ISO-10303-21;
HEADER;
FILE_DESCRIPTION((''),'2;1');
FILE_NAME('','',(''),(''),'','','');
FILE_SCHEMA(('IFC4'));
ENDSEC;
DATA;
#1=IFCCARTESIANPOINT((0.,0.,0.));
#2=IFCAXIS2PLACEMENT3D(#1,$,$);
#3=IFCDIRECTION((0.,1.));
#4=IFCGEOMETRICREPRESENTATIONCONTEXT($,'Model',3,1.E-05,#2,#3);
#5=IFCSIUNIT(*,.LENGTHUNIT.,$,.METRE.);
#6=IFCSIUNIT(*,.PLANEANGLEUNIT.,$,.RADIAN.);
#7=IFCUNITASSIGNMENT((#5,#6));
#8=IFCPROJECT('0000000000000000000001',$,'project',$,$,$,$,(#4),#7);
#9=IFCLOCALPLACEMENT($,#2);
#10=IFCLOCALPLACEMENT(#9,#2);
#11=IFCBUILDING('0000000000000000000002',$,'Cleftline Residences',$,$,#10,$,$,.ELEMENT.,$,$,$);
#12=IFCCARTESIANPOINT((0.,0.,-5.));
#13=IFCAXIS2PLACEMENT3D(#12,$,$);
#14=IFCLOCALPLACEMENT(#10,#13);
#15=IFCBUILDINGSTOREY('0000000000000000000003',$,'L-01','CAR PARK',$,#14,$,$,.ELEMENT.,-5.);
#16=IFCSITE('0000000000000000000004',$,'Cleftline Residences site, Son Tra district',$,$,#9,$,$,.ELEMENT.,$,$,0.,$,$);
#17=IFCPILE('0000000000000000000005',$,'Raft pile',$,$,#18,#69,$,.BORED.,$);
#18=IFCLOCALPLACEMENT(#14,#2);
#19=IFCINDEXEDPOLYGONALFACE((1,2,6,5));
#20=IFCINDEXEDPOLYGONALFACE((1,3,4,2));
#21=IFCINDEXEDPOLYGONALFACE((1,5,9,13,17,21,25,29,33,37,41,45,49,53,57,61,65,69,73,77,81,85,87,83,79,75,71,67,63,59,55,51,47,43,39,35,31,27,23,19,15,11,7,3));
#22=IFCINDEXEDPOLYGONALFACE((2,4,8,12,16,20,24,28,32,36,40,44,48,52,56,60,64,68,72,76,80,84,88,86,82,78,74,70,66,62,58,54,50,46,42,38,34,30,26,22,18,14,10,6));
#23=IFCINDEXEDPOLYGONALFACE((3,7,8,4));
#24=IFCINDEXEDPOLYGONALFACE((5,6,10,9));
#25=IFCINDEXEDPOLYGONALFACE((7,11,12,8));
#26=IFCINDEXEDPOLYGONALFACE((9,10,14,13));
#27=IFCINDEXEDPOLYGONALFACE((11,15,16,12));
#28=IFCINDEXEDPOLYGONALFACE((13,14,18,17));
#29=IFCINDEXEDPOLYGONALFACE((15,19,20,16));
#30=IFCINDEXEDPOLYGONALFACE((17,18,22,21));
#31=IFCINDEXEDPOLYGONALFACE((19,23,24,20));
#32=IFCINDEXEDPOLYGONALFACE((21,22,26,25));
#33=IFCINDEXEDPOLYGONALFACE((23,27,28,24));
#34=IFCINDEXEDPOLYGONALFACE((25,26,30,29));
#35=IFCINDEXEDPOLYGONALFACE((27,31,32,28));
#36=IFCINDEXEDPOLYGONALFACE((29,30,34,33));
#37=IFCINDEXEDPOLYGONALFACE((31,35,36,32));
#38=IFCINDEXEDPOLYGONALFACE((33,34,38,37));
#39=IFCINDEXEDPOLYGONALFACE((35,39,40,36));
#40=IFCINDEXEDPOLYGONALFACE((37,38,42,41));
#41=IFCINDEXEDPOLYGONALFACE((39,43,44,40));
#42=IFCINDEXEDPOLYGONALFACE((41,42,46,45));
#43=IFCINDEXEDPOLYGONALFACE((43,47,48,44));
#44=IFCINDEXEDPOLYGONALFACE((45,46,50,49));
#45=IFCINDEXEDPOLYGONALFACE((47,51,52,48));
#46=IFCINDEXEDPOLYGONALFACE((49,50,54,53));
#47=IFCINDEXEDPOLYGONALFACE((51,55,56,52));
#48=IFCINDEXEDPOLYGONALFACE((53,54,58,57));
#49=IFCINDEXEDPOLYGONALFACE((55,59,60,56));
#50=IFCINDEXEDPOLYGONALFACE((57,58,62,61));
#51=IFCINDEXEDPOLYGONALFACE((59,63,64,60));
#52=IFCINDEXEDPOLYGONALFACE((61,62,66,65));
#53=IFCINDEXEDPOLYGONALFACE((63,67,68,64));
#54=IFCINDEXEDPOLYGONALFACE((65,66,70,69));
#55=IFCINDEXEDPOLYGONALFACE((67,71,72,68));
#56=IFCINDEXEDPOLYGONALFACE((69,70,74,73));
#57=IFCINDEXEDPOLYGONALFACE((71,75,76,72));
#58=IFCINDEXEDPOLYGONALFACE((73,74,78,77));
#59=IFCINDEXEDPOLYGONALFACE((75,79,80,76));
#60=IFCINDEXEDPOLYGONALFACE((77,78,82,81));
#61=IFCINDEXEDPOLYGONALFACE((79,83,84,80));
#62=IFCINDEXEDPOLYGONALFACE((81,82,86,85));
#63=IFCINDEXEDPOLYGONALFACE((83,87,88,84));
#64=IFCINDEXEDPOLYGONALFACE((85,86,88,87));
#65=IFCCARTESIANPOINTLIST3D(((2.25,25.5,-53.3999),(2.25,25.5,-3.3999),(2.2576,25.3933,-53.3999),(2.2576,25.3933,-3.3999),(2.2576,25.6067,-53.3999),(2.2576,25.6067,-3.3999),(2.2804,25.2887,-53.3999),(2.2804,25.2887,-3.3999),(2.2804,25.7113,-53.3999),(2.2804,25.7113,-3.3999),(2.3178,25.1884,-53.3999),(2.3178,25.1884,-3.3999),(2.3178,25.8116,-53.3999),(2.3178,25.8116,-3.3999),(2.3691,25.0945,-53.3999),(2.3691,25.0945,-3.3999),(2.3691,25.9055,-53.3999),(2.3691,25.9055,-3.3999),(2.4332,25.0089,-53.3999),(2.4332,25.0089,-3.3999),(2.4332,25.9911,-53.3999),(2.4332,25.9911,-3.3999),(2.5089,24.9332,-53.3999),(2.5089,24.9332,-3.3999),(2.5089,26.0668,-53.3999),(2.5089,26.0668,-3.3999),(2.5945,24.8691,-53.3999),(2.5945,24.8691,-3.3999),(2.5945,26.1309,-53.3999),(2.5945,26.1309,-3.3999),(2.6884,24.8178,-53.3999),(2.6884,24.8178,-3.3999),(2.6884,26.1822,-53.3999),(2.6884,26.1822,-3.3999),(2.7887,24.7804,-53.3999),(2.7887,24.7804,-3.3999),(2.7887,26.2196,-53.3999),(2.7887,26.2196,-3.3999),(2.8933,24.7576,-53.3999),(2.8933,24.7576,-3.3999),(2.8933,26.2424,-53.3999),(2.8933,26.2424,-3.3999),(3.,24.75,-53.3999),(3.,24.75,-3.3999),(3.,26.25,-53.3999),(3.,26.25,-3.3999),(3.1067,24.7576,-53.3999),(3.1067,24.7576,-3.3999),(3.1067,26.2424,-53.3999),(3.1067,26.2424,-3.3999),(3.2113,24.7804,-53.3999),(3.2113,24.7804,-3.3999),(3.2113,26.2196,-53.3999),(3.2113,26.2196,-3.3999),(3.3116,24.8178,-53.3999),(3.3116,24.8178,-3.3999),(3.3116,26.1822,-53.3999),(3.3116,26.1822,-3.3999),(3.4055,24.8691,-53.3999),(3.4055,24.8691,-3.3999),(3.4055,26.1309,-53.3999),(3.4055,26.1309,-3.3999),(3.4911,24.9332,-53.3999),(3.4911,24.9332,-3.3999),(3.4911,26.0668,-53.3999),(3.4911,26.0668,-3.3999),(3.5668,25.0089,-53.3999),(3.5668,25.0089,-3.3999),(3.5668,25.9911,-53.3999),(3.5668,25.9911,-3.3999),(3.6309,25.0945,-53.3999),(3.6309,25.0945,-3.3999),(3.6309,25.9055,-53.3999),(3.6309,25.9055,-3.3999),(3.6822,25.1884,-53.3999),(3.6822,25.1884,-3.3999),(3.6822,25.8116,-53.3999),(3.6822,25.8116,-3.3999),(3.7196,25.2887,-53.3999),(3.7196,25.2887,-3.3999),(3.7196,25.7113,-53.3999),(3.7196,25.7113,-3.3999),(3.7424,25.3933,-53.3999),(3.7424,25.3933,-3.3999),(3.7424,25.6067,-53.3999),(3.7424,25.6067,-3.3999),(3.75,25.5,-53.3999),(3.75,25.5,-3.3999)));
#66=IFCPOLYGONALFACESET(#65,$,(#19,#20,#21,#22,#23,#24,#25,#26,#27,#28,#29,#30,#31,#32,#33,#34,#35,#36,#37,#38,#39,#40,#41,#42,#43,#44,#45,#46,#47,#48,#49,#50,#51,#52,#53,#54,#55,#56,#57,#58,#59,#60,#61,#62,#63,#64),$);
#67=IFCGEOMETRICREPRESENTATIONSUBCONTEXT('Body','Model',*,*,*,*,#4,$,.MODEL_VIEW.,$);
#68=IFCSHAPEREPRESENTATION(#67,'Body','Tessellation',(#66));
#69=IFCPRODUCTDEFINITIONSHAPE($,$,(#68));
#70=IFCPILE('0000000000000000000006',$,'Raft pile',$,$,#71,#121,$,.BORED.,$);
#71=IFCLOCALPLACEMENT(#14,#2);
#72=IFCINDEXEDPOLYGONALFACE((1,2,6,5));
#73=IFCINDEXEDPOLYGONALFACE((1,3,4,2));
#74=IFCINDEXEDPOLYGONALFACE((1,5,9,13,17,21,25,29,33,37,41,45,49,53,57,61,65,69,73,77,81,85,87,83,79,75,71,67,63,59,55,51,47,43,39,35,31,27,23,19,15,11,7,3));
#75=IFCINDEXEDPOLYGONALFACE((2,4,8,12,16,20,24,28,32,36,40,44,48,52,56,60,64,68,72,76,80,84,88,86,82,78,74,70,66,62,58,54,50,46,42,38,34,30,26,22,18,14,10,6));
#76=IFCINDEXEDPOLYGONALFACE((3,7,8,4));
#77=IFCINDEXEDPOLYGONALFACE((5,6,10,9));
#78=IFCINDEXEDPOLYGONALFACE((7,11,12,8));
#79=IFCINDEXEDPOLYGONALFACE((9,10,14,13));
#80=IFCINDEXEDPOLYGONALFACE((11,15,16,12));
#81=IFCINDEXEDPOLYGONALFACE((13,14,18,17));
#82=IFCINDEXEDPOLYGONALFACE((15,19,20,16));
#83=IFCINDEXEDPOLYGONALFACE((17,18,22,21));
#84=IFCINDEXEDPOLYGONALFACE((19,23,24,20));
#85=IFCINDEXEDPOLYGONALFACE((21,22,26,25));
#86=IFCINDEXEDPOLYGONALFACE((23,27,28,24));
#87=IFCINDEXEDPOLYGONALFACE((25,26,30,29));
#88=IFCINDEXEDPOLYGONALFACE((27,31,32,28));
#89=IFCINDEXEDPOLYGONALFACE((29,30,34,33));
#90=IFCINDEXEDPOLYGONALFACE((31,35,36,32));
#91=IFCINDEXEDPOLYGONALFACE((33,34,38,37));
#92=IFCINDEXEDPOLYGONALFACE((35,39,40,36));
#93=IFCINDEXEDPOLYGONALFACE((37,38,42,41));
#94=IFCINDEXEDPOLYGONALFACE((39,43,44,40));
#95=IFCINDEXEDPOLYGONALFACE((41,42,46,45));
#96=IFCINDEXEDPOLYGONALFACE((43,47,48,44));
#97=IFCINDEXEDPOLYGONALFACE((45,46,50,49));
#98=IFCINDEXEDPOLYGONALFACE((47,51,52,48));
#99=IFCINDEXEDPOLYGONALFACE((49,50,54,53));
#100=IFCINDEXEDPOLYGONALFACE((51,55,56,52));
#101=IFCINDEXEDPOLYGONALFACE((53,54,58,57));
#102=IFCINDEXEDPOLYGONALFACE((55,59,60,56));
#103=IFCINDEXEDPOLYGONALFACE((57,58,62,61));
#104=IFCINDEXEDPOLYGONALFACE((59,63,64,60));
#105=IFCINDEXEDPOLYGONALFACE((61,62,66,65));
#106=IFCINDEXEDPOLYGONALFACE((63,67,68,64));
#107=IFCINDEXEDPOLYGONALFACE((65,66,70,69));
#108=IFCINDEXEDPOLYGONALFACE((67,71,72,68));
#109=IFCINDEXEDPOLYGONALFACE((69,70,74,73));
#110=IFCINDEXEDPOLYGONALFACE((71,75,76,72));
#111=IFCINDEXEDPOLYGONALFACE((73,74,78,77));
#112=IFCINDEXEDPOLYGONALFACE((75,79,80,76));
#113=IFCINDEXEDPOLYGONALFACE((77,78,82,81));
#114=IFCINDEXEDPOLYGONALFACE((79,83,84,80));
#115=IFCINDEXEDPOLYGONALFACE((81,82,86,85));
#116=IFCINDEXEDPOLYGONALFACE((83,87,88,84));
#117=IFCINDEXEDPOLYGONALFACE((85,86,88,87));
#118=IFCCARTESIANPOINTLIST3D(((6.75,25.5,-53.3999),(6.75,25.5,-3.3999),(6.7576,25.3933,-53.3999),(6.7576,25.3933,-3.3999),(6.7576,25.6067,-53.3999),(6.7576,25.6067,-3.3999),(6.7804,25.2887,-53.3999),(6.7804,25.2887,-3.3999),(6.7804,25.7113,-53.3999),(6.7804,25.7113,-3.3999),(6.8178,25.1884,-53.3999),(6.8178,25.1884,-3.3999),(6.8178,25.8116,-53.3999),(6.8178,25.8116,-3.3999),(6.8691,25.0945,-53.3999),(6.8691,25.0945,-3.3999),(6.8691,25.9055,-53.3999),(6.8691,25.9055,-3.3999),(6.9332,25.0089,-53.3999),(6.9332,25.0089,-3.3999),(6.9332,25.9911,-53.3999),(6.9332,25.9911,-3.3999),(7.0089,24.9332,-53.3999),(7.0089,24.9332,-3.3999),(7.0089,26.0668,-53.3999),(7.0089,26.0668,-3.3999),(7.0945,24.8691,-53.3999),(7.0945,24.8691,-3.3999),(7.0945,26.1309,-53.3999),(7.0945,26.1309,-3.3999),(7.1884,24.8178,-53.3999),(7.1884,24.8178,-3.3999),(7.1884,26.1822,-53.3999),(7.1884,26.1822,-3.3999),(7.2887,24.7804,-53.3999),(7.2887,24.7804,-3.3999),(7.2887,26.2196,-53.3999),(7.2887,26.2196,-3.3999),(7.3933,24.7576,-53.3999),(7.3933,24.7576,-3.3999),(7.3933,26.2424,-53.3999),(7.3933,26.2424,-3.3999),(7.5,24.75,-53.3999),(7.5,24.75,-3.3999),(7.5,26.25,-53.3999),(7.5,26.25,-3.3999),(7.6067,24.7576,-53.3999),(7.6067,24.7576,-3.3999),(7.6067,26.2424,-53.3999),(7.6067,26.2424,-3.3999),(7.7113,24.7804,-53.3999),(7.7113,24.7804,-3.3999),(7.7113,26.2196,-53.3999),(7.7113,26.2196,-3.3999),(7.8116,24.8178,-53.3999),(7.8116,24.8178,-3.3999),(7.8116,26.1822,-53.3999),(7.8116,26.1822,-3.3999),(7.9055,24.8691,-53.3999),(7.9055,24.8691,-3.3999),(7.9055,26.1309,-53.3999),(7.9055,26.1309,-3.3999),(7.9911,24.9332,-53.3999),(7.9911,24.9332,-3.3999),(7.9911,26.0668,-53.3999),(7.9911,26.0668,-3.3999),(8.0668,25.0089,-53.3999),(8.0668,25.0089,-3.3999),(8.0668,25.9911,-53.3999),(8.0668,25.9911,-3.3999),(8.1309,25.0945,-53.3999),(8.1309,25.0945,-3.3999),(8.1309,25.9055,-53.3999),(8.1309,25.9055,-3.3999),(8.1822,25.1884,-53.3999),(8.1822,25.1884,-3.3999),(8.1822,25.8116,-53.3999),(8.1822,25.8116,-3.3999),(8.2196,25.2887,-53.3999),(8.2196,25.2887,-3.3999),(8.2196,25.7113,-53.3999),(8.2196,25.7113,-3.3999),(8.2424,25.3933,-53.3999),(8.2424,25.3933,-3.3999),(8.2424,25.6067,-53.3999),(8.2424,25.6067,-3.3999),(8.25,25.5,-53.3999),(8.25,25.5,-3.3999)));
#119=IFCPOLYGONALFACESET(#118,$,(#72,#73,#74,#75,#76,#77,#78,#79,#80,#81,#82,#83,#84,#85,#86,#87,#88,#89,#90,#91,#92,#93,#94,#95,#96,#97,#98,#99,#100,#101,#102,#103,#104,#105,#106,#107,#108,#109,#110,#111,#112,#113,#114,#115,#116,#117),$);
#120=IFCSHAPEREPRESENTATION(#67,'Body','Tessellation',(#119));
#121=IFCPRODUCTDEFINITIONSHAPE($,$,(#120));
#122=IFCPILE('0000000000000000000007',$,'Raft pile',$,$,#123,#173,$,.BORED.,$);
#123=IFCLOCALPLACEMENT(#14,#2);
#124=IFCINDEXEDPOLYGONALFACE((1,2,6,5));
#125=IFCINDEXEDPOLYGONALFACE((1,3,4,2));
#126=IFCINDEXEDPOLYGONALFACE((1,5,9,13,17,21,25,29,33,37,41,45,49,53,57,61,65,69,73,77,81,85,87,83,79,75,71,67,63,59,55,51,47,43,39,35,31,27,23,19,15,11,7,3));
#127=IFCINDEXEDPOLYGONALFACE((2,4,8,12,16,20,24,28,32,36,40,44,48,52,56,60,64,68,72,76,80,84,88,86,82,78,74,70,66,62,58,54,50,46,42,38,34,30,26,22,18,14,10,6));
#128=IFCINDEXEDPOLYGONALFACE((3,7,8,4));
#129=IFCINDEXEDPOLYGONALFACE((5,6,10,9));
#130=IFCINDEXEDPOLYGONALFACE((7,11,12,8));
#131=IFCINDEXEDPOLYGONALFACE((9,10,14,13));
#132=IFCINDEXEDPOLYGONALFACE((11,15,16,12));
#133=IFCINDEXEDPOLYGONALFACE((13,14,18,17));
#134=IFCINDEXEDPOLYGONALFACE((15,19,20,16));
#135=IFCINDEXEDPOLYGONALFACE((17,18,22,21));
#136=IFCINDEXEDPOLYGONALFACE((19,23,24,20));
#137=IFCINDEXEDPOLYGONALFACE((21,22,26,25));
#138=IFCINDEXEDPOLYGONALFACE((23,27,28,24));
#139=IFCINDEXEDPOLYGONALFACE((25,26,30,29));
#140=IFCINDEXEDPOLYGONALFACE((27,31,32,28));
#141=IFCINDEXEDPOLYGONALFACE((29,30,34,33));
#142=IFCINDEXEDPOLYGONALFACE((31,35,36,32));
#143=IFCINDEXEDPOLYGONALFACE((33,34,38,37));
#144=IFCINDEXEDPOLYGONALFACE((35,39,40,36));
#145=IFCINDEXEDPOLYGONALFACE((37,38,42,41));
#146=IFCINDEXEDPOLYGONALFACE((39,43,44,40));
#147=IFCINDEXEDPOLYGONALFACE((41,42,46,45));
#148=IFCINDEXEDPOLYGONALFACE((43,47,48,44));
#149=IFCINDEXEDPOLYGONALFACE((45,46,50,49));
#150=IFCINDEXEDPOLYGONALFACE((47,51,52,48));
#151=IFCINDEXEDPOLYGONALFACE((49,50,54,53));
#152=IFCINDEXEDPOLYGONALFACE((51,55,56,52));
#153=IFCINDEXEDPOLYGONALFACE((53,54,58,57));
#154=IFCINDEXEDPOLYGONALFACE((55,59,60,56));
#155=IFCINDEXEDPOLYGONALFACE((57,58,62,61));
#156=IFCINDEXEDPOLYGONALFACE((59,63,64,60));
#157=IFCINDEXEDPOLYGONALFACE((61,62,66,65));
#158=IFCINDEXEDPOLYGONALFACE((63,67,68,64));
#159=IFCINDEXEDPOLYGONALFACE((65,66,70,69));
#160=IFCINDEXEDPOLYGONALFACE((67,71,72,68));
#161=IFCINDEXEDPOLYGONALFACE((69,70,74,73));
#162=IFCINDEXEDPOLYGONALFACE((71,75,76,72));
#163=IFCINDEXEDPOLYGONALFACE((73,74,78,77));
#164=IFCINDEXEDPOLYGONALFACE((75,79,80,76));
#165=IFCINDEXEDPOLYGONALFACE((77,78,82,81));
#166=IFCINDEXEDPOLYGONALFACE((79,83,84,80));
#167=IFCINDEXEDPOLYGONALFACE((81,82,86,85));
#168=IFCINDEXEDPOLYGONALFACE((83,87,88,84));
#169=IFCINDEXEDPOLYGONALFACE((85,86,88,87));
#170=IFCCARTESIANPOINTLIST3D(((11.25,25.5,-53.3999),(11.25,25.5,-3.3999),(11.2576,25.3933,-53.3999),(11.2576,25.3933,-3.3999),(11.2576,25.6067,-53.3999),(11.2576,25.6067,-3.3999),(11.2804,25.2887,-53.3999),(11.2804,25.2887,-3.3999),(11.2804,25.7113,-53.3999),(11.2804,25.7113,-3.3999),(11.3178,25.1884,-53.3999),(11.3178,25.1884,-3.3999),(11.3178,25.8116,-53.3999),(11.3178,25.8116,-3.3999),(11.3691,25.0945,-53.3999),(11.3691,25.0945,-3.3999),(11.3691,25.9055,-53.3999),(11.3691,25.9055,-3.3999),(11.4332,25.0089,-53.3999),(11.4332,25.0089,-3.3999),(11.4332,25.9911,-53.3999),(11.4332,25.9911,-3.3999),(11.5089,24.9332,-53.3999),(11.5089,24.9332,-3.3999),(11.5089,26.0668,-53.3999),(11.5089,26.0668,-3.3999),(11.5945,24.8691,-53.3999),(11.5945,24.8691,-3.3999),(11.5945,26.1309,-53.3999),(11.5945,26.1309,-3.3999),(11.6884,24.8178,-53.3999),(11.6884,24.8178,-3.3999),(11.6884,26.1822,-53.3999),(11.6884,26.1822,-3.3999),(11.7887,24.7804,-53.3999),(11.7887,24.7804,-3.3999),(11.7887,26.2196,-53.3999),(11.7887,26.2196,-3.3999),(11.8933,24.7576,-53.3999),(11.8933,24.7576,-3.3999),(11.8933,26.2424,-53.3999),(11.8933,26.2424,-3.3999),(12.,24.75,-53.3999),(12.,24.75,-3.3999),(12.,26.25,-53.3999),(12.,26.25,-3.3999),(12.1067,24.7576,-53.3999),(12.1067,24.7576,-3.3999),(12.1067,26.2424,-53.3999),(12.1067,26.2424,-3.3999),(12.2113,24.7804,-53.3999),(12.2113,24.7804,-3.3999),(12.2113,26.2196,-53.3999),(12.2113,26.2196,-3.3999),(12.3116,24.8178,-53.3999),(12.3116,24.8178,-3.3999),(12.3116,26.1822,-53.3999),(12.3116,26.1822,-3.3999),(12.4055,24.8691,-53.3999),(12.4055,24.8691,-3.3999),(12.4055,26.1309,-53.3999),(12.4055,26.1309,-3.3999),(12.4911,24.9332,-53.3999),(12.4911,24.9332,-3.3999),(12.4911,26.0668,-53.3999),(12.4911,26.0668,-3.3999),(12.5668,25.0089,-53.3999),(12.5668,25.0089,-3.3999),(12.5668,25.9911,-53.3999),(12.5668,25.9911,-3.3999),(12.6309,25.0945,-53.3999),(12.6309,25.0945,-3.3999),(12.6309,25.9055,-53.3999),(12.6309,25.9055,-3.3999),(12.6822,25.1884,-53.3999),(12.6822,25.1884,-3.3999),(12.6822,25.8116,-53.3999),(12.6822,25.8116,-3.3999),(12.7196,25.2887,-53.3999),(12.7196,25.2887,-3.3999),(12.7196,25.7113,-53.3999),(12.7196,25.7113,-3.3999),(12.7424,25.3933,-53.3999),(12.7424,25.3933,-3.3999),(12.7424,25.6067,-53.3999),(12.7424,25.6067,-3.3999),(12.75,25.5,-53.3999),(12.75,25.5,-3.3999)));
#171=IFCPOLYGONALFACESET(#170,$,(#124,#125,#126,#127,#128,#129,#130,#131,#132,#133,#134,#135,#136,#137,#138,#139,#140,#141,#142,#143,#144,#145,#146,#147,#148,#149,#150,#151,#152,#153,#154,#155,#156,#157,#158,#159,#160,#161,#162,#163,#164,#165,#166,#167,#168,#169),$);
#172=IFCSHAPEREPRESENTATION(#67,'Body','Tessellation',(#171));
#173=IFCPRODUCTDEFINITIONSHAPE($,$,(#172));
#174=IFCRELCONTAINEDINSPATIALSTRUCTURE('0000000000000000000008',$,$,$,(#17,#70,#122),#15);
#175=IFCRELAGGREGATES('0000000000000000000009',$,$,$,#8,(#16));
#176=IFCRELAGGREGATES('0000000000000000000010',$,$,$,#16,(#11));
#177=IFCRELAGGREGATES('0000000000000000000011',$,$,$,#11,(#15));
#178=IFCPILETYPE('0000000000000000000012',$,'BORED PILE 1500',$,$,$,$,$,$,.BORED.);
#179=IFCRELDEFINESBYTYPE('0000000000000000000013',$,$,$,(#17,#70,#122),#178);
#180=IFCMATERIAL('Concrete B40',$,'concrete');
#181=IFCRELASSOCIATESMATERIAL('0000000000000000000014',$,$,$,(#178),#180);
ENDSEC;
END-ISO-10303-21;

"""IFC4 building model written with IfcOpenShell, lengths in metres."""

from ifc_helpers import new_model, si_unit, direction, frame, origin, origin_2d, place, context, subcontext, project, spatial, circle, extrude, material, material_profile, profile_set, type_object, element, save


model = new_model("IFC4")

# Units and contexts
model_context = context("Model", 3, precision=1e-05, world=origin(), true_north=direction((0.0, 1.0)))
body_context = subcontext(model_context, "Body", "Model", "MODEL_VIEW")
ifc_project = project(units=[si_unit("LENGTHUNIT", "METRE"), si_unit("PLANEANGLEUNIT", "RADIAN")], contexts=[model_context])

# Site, building, storey
site_placement = place(None, origin())
site = spatial("IfcSite", under=ifc_project, at=site_placement, Name="Cleftline Residences site, Son Tra district", CompositionType="ELEMENT", RefElevation=0.0)
building_placement = place(site_placement, origin())
building = spatial("IfcBuilding", under=site, at=building_placement, Name="Cleftline Residences", CompositionType="ELEMENT")
storey_placement = place(building_placement, frame((0.0, 0.0, -5.0)))
storey = spatial("IfcBuildingStorey", under=building, at=storey_placement, Name="L-01", Description="CAR PARK", CompositionType="ELEMENT", Elevation=-5.0)

# Piles
ifc_material_1 = material(Name="Concrete B40", Category="concrete")
ifc_material_profile_1 = material_profile(ifc_material_1, circle(Radius=0.75, at=origin_2d()))
ifc_profile_set_1 = profile_set([ifc_material_profile_1], Name="Concrete B40")
pile_type = type_object("IfcPileType", Name="BORED PILE 1500", PredefinedType="BORED", material=ifc_profile_set_1)
for number, where, z_axis, x_axis, name in (
    (1, (3.0, 25.5, -3.3999), (0.0, 0.0, -1.0), (1.0, 0.0, 0.0), "Raft pile"),
    (2, (7.5, 25.5, -3.3999), (0.0, 0.0, -1.0), (1.0, 0.0, 0.0), "Raft pile"),
    (3, (12.0, 25.5, -3.3999), (0.0, 0.0, -1.0), (1.0, 0.0, 0.0), "Raft pile"),
):
    element("IfcPile", number, at=place(storey_placement, frame(where, z_axis=z_axis, x_axis=x_axis)), inside=storey, type_object=pile_type, Name=name, PredefinedType="BORED", context=body_context, shape_type="SweptSolid", body=[
        extrude(circle(Radius=0.75, at=origin_2d()), origin(), (0.0, 0.0, 1.0), 50.0),
    ])

save(model, "model.ifc")
